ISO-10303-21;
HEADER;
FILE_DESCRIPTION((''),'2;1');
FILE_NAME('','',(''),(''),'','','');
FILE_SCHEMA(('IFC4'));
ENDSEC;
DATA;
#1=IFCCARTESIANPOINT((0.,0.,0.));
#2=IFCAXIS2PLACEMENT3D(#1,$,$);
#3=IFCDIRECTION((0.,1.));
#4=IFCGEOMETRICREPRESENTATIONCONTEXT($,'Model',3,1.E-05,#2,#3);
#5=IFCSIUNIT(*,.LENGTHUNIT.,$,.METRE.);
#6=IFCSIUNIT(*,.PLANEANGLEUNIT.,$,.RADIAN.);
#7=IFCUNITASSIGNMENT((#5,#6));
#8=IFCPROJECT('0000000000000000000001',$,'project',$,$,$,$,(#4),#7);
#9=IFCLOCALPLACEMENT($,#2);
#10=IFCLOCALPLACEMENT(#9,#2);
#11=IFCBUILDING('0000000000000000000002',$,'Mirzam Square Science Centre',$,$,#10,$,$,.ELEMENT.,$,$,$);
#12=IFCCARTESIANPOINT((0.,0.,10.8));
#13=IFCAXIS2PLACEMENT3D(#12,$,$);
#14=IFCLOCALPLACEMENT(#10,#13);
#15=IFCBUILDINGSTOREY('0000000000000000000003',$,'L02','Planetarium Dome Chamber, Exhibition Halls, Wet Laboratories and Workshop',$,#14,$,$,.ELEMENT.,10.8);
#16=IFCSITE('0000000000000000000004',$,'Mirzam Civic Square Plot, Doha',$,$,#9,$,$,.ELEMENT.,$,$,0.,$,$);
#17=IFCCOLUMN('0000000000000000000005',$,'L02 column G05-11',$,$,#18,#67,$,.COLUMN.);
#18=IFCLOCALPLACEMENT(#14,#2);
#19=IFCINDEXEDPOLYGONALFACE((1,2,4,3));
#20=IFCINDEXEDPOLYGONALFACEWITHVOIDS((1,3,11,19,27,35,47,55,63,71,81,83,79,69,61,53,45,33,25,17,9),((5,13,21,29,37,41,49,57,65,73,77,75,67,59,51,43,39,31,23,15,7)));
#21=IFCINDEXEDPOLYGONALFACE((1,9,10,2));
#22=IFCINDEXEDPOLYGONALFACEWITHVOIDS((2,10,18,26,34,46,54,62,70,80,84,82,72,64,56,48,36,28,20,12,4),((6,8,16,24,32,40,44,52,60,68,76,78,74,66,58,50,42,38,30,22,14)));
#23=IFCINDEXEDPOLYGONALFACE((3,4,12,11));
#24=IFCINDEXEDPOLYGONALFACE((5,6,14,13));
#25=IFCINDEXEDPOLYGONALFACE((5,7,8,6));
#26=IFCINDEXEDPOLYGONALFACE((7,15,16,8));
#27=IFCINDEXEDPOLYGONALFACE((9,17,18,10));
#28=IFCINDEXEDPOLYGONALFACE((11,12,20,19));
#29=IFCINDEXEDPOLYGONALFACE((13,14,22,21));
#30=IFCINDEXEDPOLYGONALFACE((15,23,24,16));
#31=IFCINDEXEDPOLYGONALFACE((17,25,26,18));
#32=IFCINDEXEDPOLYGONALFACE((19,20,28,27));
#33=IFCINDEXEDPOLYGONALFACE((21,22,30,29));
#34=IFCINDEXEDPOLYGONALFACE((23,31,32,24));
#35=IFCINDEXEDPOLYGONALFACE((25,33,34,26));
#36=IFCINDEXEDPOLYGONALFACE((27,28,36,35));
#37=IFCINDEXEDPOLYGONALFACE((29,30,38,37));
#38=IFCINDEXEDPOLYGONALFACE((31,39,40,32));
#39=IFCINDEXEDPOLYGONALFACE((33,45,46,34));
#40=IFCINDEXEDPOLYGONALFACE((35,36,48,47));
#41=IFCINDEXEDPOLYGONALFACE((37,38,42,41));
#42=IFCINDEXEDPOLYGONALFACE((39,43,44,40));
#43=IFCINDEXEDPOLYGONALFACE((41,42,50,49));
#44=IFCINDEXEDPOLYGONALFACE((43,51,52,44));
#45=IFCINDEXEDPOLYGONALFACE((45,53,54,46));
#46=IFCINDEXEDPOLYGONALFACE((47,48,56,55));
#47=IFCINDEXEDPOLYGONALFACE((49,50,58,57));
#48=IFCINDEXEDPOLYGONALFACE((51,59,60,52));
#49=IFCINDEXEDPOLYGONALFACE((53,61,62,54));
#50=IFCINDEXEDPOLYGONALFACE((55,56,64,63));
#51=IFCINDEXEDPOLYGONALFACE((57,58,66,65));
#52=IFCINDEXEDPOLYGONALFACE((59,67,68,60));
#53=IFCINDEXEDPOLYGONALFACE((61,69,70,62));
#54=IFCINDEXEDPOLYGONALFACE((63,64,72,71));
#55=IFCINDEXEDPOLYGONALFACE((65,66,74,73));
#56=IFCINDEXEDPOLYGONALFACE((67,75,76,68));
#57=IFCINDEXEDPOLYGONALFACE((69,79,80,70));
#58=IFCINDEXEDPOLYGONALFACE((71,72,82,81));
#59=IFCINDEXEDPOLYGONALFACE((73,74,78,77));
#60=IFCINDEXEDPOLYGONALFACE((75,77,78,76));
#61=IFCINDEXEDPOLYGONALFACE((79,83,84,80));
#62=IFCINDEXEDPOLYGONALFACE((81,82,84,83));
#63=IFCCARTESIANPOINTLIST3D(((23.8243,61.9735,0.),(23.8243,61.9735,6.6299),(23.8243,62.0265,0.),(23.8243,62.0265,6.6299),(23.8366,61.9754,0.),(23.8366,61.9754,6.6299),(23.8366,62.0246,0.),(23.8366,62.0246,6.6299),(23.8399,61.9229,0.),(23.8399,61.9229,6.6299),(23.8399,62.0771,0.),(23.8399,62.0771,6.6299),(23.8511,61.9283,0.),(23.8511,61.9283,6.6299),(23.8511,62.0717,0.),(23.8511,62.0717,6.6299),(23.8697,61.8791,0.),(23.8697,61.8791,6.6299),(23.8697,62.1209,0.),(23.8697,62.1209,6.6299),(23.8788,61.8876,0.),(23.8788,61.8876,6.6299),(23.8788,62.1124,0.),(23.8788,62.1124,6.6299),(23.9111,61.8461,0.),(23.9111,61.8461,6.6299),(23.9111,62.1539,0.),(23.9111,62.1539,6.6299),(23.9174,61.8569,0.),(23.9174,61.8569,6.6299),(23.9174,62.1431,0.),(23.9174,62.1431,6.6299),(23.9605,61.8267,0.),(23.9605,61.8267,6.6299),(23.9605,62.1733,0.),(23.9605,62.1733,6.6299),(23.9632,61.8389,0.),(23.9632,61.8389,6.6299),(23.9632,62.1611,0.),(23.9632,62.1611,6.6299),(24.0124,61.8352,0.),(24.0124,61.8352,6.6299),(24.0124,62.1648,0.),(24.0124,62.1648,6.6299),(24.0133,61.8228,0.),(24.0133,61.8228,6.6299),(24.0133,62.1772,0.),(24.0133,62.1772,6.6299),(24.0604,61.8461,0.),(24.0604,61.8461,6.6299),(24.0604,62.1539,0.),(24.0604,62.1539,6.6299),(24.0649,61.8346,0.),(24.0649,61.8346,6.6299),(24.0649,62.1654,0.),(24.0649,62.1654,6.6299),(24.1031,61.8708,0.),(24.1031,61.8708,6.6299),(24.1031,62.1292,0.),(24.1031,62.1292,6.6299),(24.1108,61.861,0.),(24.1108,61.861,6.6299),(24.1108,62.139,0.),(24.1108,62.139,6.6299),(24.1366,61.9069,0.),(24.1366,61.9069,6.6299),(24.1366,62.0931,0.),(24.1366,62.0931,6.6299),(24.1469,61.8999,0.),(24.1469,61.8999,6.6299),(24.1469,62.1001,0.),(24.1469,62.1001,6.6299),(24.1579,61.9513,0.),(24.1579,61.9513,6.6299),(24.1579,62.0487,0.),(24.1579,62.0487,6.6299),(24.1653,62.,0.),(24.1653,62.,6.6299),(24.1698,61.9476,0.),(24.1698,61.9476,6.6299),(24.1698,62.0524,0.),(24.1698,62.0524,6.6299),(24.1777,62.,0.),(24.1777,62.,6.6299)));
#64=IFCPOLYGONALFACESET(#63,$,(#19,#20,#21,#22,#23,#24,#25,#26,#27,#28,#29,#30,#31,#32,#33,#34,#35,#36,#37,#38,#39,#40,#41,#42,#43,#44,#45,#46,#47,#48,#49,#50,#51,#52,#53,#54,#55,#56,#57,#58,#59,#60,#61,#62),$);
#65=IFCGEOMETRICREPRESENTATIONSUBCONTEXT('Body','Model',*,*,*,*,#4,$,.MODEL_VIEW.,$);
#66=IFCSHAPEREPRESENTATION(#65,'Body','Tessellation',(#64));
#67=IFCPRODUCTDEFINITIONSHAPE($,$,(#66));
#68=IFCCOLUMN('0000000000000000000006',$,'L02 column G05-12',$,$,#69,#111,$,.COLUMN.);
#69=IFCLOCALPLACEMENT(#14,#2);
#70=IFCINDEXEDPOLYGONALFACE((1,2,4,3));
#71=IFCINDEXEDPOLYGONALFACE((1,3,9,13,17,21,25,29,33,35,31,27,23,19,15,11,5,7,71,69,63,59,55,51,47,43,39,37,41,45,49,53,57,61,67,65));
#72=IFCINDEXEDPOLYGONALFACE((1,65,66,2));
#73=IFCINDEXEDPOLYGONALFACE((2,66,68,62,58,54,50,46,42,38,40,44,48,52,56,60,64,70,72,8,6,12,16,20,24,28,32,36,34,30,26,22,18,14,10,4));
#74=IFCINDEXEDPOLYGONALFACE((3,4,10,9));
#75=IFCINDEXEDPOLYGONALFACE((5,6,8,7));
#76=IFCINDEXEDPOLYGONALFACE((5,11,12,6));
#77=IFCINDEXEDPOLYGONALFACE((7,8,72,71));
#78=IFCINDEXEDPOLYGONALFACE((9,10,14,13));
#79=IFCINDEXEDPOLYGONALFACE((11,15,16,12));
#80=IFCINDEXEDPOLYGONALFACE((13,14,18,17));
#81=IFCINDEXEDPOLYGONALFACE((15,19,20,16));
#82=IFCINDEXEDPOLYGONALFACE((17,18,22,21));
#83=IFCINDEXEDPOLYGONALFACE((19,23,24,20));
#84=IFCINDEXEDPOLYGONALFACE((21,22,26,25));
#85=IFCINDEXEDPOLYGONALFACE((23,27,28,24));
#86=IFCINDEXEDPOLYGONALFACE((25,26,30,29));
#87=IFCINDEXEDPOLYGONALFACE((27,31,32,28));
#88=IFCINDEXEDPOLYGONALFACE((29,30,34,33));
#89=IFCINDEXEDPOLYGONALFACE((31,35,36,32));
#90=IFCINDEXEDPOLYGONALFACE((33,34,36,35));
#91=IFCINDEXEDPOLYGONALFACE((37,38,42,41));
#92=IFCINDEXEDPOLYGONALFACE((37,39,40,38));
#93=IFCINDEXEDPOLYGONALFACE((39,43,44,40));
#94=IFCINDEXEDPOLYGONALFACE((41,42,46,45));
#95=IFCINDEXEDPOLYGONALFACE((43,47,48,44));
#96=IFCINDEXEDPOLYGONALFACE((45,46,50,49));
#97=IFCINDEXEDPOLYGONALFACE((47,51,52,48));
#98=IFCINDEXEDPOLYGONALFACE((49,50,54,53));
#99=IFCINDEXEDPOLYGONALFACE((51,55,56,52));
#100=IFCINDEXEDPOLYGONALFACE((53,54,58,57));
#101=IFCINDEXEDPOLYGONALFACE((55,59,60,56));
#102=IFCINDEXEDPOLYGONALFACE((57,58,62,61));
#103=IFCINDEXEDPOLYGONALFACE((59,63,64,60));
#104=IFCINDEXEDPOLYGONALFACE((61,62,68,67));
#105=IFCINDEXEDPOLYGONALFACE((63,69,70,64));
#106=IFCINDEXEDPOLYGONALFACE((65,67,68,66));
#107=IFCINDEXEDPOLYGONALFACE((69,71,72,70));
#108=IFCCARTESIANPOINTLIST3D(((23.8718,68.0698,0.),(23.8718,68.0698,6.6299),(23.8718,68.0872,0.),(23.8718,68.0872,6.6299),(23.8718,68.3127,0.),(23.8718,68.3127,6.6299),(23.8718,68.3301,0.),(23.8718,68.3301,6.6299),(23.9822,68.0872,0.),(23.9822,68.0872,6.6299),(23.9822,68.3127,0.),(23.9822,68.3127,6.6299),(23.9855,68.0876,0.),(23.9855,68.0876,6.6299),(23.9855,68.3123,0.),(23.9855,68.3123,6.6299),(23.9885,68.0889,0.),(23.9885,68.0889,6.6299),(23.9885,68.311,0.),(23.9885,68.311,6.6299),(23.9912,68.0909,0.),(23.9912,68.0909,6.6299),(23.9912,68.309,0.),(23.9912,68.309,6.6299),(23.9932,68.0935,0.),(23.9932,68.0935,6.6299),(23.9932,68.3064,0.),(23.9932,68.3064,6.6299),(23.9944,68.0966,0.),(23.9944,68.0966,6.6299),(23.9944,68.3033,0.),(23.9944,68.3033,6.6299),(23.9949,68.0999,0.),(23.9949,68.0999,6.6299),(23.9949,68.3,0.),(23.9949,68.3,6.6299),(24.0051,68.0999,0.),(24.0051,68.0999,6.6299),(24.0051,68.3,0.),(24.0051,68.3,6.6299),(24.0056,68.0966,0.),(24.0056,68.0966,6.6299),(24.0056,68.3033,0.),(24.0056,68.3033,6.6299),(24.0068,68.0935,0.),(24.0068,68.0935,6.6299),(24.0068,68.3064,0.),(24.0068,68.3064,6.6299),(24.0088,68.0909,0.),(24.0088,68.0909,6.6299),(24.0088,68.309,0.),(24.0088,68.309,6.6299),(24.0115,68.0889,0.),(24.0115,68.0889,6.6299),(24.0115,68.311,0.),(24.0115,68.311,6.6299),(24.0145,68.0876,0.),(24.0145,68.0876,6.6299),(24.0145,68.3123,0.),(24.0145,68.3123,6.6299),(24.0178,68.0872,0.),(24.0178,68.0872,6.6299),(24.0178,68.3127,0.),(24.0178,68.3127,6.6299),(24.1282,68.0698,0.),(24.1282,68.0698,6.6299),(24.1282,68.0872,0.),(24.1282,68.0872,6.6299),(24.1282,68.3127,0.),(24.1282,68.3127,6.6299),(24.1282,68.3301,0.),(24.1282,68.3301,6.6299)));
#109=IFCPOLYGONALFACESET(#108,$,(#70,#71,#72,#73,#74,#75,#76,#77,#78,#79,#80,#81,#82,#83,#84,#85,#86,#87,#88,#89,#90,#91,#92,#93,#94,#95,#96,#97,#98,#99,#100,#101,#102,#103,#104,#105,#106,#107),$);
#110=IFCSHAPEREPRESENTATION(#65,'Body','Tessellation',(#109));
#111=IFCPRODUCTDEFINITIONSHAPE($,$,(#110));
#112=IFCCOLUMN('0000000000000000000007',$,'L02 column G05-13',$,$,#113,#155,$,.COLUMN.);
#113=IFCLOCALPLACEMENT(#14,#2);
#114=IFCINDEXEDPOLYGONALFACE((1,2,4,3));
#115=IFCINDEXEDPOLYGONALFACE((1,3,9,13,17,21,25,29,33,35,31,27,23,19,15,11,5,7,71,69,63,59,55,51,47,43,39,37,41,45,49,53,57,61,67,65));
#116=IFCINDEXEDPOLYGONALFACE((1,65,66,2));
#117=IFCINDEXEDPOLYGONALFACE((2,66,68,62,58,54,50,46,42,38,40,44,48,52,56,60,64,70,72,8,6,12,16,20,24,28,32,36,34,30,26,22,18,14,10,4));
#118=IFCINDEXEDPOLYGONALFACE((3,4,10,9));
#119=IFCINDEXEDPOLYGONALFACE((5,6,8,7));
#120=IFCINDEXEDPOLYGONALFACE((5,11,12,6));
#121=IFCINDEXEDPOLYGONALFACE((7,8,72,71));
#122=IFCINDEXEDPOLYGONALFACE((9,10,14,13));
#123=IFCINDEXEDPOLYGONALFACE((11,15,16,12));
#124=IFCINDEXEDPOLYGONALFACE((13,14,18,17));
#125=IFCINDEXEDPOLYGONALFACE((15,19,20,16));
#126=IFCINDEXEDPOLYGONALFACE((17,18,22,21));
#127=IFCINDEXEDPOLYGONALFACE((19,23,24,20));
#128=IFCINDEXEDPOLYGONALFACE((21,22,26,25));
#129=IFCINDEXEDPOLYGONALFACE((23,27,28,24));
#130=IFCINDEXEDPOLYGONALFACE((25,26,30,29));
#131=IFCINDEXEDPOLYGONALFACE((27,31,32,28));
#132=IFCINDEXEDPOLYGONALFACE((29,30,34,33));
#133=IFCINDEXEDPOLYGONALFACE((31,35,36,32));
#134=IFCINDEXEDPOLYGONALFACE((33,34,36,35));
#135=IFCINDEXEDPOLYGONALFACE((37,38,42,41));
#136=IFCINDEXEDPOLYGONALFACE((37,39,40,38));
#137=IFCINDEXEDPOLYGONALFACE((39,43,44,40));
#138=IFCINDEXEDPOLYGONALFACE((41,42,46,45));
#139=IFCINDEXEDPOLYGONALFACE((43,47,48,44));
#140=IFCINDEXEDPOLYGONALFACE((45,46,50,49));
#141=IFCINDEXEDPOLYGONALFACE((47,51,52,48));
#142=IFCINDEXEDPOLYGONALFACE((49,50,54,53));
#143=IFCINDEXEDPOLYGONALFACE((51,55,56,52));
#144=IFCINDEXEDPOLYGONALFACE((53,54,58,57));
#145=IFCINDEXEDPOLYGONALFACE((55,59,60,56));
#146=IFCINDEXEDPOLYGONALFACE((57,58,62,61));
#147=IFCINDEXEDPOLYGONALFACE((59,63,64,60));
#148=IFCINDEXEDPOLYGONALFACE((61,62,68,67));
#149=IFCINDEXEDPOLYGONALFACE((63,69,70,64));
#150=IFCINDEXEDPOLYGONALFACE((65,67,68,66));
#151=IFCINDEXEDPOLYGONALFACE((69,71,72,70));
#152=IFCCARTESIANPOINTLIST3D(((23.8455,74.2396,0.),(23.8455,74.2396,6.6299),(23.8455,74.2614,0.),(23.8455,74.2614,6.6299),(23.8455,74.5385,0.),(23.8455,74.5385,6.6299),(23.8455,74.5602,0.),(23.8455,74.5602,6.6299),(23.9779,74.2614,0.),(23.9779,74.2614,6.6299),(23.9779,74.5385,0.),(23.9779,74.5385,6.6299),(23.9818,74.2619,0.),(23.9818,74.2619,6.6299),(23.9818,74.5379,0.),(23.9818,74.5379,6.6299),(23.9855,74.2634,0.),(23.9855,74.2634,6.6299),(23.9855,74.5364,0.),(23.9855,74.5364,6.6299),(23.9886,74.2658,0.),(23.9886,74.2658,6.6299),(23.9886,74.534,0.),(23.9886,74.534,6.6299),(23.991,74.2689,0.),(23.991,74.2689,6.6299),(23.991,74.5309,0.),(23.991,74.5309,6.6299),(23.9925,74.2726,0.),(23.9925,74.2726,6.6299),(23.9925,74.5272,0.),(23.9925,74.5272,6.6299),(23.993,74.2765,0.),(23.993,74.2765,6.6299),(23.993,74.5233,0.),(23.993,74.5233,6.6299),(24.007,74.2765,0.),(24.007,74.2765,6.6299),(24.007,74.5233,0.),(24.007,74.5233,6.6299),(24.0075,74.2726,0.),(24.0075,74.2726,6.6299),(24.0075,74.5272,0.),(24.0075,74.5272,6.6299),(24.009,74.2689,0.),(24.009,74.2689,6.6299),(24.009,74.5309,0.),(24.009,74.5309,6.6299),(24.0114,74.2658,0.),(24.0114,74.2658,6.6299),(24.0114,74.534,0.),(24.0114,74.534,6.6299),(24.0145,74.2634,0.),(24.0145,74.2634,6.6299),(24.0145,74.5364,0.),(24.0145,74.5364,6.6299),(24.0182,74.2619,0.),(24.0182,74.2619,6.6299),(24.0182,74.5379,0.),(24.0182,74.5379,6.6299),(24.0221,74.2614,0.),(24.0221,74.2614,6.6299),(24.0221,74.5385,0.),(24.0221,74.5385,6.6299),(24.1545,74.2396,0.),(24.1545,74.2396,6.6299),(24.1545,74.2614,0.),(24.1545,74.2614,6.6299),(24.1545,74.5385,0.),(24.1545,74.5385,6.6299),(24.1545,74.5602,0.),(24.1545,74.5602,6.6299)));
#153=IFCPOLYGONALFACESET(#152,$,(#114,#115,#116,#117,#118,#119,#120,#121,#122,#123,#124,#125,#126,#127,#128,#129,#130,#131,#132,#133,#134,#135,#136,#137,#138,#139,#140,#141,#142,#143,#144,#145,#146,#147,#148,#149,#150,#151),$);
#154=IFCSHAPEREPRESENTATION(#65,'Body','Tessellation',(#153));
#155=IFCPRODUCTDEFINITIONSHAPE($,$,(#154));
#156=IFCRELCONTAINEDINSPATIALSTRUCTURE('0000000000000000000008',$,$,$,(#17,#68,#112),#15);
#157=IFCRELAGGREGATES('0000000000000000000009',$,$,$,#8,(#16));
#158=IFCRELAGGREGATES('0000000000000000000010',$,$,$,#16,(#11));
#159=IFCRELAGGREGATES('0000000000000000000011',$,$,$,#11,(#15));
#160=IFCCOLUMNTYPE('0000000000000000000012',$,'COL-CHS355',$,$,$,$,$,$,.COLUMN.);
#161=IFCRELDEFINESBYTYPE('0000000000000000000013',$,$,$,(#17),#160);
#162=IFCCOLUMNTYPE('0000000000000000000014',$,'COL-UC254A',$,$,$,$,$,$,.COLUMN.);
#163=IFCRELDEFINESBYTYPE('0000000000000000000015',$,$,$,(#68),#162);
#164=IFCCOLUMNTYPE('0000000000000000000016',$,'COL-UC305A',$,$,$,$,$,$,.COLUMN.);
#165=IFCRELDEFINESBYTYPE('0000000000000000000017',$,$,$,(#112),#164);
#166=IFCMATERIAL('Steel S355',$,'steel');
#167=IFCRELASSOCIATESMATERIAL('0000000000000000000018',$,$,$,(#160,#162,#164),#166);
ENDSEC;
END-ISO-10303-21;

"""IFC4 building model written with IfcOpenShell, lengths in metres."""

from ifc_helpers import new_model, si_unit, direction, frame, origin, origin_2d, place, context, subcontext, project, spatial, hollow_circle, i_section, extrude, material, material_profile, profile_set, type_object, element, save


model = new_model("IFC4")

# Units and contexts
model_context = context("Model", 3, precision=1e-05, world=origin(), true_north=direction((0.0, 1.0)))
body_context = subcontext(model_context, "Body", "Model", "MODEL_VIEW")
ifc_project = project(units=[si_unit("LENGTHUNIT", "METRE"), si_unit("PLANEANGLEUNIT", "RADIAN")], contexts=[model_context])

# Site, building, storey
site_placement = place(None, origin())
site = spatial("IfcSite", under=ifc_project, at=site_placement, Name="Mirzam Civic Square Plot, Doha", CompositionType="ELEMENT", RefElevation=0.0)
building_placement = place(site_placement, origin())
building = spatial("IfcBuilding", under=site, at=building_placement, Name="Mirzam Square Science Centre", CompositionType="ELEMENT")
storey_placement = place(building_placement, frame((0.0, 0.0, 10.8)))
storey = spatial("IfcBuildingStorey", under=building, at=storey_placement, Name="L02", Description="Planetarium Dome Chamber, Exhibition Halls, Wet Laboratories and Workshop", CompositionType="ELEMENT", Elevation=10.8)

# Columns
ifc_material_1 = material(Name="Steel S355", Category="steel")
ifc_material_profile_1 = material_profile(ifc_material_1, hollow_circle(Radius=0.1777, WallThickness=0.0125, at=origin_2d()), Name="355.6x12.5CHS")
ifc_profile_set_1 = profile_set([ifc_material_profile_1], Name="Steel S355")
column_type_1 = type_object("IfcColumnType", Name="COL-CHS355", PredefinedType="COLUMN", material=ifc_profile_set_1)
column_1_placement = place(storey_placement, frame((24.0, 62.0, 0.0), z_axis=(0.0, 0.0, 1.0), x_axis=(1.0, 0.0, 0.0)))
element("IfcColumn", 1, at=column_1_placement, inside=storey, type_object=column_type_1, Name="L02 column G05-11", PredefinedType="COLUMN", context=body_context, shape_type="SweptSolid", body=[
    extrude(hollow_circle(Radius=0.1777, WallThickness=0.0125, at=origin_2d()), origin(), (0.0, 0.0, 1.0), 6.6299),
])
ifc_material_profile_2 = material_profile(ifc_material_1, i_section(OverallWidth=0.2563, OverallDepth=0.2603, WebThickness=0.0103, FlangeThickness=0.0173, FilletRadius=0.0127, at=origin_2d()), Name="254x254x89UC")
ifc_profile_set_2 = profile_set([ifc_material_profile_2], Name="Steel S355")
column_type_2 = type_object("IfcColumnType", Name="COL-UC254A", PredefinedType="COLUMN", material=ifc_profile_set_2)
column_2_placement = place(storey_placement, frame((24.0, 68.2, 0.0), z_axis=(0.0, 0.0, 1.0), x_axis=(1.0, 0.0, 0.0)))
element("IfcColumn", 2, at=column_2_placement, inside=storey, type_object=column_type_2, Name="L02 column G05-12", PredefinedType="COLUMN", context=body_context, shape_type="SweptSolid", body=[
    extrude(i_section(OverallWidth=0.2563, OverallDepth=0.2603, WebThickness=0.0103, FlangeThickness=0.0173, FilletRadius=0.0127, at=origin_2d()), origin(), (0.0, 0.0, 1.0), 6.6299),
])
ifc_material_profile_3 = material_profile(ifc_material_1, i_section(OverallWidth=0.3091, OverallDepth=0.3206, WebThickness=0.0139, FlangeThickness=0.0217, FilletRadius=0.0151, at=origin_2d()), Name="305x305x137UC")
ifc_profile_set_3 = profile_set([ifc_material_profile_3], Name="Steel S355")
column_type_3 = type_object("IfcColumnType", Name="COL-UC305A", PredefinedType="COLUMN", material=ifc_profile_set_3)
column_3_placement = place(storey_placement, frame((24.0, 74.3999, 0.0), z_axis=(0.0, 0.0, 1.0), x_axis=(1.0, 0.0, 0.0)))
element("IfcColumn", 3, at=column_3_placement, inside=storey, type_object=column_type_3, Name="L02 column G05-13", PredefinedType="COLUMN", context=body_context, shape_type="SweptSolid", body=[
    extrude(i_section(OverallWidth=0.3091, OverallDepth=0.3206, WebThickness=0.0139, FlangeThickness=0.0217, FilletRadius=0.0151, at=origin_2d()), origin(), (0.0, 0.0, 1.0), 6.6299),
])

save(model, "model.ifc")
